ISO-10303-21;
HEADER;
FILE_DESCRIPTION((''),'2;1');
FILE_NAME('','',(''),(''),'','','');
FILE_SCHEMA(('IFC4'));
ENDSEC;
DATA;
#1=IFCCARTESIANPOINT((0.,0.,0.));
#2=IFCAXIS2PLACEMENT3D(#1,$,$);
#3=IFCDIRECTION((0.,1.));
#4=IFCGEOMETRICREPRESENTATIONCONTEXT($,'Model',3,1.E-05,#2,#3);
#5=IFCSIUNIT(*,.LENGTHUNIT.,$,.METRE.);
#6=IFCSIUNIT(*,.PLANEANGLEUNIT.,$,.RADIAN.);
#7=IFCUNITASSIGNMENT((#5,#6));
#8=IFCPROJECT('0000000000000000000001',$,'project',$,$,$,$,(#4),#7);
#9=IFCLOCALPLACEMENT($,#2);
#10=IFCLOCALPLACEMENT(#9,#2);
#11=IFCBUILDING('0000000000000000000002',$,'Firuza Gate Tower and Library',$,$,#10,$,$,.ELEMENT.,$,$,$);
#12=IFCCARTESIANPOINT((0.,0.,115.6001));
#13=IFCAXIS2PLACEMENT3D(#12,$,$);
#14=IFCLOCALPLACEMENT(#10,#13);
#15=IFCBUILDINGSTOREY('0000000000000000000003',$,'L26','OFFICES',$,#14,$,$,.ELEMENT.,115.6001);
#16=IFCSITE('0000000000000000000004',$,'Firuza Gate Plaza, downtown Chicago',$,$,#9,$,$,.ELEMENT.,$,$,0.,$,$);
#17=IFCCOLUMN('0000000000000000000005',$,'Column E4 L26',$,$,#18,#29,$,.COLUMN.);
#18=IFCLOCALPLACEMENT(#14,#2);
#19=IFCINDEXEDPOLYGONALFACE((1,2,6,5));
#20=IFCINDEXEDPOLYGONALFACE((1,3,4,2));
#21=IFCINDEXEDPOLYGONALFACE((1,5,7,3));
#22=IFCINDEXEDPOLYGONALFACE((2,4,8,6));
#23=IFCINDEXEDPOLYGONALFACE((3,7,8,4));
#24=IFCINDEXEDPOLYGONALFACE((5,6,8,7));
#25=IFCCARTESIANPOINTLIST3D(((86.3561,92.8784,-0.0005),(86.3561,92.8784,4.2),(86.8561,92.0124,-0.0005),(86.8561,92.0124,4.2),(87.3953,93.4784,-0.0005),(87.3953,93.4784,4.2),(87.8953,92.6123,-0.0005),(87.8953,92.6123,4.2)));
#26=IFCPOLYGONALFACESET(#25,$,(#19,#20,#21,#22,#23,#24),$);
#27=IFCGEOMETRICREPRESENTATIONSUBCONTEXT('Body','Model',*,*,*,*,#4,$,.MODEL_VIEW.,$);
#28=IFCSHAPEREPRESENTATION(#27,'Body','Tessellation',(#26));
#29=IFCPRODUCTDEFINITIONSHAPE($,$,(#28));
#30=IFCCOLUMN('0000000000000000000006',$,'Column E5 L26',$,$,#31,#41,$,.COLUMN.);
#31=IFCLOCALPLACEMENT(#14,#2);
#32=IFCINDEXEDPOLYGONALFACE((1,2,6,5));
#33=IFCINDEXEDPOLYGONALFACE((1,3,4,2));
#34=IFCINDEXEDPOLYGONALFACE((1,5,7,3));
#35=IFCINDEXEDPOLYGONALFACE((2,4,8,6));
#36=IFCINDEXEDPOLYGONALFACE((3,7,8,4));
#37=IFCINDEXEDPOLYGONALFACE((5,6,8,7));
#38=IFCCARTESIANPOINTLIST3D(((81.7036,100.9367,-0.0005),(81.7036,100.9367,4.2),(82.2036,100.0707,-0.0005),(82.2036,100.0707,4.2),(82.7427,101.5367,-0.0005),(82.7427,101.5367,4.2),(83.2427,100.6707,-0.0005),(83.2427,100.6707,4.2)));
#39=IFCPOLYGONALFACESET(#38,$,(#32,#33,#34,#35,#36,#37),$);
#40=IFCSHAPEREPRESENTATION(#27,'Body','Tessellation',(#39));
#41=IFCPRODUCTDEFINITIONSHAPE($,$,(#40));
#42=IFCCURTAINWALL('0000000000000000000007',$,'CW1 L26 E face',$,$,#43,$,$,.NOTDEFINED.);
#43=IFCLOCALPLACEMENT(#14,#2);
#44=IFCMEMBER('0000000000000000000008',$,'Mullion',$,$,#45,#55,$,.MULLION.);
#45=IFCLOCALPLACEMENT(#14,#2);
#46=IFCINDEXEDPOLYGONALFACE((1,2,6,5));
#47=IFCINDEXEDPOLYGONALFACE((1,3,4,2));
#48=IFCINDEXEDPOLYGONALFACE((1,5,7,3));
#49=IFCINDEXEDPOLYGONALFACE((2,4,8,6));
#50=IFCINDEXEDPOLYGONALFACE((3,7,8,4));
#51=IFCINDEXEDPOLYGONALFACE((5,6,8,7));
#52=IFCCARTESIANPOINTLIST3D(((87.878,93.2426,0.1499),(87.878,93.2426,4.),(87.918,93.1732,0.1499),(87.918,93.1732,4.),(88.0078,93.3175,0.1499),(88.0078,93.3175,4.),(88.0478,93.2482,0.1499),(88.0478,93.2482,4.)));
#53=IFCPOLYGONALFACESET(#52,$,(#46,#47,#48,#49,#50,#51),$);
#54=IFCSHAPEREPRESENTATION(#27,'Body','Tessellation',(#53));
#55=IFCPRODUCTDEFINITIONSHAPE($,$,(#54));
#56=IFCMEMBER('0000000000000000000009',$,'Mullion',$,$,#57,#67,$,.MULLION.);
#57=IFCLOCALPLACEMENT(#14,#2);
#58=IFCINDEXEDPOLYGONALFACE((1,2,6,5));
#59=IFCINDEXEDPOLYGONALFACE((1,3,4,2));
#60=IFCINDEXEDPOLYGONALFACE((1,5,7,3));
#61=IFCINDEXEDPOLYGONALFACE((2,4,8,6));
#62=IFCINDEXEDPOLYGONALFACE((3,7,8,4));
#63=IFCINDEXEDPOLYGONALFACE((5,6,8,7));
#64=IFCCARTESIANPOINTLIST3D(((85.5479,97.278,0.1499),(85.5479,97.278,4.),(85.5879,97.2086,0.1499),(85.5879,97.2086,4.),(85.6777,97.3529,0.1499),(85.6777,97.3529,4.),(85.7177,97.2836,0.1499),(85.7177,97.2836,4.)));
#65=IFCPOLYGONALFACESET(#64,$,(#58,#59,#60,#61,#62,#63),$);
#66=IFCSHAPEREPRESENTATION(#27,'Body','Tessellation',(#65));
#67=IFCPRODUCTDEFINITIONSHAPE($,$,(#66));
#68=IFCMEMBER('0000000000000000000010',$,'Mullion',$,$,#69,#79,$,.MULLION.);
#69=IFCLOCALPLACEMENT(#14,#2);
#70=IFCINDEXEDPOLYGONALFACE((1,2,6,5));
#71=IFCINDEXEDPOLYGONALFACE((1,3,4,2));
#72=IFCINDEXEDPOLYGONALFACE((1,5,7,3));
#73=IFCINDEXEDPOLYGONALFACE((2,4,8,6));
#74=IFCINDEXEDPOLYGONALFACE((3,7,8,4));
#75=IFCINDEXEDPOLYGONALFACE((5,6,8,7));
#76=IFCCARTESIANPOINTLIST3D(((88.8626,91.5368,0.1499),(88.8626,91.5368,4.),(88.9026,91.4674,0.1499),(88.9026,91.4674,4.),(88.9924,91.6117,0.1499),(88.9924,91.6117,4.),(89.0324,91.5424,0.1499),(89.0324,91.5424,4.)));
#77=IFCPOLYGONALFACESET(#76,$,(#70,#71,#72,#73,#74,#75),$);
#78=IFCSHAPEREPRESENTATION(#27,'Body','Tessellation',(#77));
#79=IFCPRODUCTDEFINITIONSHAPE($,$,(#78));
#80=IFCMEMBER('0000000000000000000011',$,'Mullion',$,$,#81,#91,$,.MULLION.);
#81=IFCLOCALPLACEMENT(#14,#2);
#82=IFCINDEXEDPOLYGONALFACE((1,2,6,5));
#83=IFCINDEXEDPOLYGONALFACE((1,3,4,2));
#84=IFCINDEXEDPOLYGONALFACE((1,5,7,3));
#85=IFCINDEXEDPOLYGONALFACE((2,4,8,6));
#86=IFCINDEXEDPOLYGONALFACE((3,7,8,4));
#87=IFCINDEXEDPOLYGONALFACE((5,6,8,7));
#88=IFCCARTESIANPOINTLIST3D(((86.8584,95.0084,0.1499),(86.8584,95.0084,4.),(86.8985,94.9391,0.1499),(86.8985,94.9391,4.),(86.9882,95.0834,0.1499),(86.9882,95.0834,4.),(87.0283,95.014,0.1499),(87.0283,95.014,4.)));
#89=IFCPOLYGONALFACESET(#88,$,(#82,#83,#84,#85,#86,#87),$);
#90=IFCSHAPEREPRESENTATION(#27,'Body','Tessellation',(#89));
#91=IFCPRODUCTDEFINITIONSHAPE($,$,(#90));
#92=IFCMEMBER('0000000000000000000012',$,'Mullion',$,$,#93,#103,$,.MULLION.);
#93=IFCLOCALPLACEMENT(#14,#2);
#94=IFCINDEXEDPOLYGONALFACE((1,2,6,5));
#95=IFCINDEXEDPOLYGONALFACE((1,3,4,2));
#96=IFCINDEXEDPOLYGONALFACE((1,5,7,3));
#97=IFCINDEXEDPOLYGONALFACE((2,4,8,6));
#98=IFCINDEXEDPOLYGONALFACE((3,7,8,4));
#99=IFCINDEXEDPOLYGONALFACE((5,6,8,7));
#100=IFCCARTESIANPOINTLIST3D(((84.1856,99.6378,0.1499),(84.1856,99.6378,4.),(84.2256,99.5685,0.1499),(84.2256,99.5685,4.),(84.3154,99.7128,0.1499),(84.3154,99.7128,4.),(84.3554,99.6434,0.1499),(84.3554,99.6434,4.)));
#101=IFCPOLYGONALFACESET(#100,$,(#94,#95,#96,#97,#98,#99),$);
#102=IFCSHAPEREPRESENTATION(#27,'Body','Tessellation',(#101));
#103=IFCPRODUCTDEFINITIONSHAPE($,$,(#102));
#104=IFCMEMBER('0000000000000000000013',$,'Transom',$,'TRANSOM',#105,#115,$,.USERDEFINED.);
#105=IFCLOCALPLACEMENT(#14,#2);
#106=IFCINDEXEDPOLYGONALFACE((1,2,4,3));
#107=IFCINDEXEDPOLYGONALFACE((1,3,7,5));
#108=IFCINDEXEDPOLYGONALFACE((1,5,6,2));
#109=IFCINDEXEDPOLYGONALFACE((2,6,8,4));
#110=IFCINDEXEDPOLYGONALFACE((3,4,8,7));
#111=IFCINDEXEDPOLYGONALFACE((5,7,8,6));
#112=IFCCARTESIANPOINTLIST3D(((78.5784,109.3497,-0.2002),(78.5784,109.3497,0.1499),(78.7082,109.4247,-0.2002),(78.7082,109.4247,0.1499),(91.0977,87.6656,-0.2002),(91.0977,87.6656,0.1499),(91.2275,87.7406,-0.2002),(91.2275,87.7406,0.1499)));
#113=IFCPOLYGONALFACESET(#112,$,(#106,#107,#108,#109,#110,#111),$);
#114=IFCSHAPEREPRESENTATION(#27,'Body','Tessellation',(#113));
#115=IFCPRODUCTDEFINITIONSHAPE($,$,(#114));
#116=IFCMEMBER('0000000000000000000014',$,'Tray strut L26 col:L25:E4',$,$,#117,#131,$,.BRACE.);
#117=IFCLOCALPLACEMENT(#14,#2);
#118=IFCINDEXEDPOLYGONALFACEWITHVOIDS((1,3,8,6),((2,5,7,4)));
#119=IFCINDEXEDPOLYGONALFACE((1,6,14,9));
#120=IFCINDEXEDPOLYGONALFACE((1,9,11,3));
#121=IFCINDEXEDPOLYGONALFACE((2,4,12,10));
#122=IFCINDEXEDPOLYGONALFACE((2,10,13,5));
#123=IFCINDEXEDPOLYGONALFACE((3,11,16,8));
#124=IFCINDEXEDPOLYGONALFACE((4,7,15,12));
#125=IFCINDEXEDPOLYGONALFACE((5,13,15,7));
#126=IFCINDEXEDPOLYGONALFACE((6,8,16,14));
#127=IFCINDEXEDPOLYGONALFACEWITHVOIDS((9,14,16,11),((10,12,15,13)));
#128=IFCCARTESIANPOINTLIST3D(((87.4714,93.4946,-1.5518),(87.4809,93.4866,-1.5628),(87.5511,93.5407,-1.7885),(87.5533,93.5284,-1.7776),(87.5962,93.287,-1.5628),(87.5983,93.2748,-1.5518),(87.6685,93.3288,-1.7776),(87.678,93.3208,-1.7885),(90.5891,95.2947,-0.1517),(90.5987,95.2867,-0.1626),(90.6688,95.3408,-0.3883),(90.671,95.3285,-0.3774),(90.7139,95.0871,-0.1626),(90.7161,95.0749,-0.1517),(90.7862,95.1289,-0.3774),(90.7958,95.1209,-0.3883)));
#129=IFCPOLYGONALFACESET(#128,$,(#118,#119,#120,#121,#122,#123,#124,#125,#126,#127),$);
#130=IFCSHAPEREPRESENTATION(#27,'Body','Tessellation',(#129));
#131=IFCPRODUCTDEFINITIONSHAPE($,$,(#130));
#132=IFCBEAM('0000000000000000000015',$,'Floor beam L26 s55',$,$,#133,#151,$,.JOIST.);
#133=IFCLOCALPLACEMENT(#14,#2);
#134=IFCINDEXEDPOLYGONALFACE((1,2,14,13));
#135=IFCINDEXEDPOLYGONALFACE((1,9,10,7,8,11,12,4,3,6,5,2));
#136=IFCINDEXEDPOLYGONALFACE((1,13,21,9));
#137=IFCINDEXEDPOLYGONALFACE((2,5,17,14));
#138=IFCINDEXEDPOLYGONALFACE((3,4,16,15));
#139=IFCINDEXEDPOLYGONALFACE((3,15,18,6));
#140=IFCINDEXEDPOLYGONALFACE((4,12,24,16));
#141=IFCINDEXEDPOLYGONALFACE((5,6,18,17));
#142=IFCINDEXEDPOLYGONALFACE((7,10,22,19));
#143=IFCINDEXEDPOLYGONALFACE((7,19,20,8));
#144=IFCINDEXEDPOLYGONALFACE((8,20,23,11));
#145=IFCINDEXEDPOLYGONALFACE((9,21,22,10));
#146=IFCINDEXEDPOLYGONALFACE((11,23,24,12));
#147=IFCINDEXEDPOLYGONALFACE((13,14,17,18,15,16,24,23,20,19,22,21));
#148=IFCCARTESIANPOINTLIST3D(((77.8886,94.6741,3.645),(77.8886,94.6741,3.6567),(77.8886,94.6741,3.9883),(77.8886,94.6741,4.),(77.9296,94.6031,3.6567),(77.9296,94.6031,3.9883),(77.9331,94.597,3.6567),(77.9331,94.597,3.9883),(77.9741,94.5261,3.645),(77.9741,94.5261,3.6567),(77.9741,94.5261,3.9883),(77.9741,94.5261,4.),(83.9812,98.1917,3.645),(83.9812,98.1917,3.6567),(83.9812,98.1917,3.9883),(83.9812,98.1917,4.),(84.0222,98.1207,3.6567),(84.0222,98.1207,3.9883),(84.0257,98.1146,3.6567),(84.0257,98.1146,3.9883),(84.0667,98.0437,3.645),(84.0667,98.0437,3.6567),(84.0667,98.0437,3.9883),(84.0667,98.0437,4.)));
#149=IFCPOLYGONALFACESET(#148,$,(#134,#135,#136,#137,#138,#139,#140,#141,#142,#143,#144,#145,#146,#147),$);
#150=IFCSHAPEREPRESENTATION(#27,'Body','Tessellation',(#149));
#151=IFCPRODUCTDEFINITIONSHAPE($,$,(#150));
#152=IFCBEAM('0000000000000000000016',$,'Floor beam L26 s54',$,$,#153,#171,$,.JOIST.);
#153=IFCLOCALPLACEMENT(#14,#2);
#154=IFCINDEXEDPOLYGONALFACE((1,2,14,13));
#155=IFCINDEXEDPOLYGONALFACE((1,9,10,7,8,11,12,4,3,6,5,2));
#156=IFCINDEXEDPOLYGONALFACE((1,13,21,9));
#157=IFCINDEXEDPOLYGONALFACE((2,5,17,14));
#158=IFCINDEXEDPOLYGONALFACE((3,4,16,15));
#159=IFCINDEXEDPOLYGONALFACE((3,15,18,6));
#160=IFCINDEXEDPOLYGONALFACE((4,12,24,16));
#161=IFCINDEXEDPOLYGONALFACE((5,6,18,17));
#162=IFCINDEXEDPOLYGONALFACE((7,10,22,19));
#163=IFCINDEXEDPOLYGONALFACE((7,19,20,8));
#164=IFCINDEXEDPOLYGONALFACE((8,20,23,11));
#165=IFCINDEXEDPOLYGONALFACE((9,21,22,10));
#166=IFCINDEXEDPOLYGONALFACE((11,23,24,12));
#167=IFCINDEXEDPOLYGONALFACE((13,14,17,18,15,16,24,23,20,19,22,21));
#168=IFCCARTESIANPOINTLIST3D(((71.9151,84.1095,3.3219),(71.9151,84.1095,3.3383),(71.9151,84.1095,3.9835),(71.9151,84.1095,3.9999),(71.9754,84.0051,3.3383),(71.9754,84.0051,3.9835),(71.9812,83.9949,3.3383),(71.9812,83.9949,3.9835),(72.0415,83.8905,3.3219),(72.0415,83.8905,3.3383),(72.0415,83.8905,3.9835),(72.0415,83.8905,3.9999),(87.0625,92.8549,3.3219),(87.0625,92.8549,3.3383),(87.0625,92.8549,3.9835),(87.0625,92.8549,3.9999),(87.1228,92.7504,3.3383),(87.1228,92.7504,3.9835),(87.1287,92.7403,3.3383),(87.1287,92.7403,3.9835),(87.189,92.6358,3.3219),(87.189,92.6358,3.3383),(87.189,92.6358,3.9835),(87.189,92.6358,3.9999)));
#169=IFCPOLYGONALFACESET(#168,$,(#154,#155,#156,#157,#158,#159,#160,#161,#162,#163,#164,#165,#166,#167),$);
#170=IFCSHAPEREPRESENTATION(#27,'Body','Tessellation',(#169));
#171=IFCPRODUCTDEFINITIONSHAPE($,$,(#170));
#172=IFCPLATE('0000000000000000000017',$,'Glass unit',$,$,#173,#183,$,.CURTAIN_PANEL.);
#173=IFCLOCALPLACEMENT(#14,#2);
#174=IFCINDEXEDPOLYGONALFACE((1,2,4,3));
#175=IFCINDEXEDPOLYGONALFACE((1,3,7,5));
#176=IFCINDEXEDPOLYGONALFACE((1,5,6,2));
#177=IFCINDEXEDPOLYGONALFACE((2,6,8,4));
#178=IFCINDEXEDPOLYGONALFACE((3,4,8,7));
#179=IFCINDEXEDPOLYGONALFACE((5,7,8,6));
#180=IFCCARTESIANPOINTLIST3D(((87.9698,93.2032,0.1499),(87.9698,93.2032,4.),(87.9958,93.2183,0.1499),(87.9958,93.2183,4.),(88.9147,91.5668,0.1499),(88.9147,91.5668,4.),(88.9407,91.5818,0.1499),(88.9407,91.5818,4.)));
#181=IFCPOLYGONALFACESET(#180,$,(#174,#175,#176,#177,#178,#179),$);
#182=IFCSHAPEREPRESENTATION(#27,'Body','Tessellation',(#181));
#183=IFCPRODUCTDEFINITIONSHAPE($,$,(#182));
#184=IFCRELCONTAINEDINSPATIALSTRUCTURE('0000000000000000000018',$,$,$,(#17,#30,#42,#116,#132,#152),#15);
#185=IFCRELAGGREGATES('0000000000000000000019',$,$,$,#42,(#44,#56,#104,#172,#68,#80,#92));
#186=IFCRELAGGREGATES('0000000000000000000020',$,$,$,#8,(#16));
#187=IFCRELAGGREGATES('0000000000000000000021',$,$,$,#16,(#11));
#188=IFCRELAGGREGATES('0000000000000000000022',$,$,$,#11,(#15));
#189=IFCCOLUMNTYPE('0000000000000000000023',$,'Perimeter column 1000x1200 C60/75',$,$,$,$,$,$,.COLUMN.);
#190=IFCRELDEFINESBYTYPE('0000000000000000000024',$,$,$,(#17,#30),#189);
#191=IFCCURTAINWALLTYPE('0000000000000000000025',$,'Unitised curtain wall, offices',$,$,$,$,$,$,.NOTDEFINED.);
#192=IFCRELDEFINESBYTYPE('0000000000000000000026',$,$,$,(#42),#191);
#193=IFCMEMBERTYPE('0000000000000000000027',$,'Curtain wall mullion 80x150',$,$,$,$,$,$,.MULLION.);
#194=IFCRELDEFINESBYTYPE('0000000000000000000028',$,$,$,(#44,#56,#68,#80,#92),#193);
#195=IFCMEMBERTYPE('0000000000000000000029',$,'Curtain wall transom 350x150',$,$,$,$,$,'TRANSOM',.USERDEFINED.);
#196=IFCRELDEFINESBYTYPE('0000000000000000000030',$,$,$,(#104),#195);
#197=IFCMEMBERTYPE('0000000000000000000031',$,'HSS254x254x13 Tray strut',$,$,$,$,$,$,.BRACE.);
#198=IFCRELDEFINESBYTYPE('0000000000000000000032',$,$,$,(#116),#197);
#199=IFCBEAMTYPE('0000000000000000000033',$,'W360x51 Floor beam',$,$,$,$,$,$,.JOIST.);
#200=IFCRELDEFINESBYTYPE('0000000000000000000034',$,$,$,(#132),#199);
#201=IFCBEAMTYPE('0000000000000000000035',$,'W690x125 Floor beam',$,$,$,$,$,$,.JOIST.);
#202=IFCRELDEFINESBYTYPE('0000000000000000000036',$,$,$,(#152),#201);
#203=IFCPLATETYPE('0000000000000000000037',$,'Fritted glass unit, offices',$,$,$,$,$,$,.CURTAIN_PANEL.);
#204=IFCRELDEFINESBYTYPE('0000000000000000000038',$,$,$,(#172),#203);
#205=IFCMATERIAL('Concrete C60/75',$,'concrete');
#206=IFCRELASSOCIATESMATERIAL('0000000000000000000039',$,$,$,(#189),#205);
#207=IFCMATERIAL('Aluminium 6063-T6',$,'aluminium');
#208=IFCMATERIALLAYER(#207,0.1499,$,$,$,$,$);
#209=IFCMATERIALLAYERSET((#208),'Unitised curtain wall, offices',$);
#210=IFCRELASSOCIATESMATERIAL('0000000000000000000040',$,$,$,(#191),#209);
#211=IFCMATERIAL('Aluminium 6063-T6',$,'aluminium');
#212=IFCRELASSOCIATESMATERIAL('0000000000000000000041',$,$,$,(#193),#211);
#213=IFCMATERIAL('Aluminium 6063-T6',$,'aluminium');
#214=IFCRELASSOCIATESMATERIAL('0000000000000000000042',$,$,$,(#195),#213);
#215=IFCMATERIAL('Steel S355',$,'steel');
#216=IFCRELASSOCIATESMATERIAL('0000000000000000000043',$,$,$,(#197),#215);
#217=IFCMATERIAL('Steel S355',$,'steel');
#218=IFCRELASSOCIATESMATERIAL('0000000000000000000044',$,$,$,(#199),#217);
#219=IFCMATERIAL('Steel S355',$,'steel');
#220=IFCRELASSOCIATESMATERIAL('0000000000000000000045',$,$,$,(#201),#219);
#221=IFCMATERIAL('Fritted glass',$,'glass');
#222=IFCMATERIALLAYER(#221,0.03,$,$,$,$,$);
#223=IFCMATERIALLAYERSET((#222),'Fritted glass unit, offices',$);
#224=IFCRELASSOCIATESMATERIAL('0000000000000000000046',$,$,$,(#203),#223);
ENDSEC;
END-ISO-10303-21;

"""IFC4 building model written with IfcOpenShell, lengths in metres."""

from ifc_helpers import new_model, si_unit, direction, frame, origin, origin_2d, place, context, subcontext, project, spatial, polyline, rectangle, hollow_rectangle, i_section, outline, extrude, material, layer, layer_set, material_profile, profile_set, type_object, element, aggregate, save


model = new_model("IFC4")

# Units and contexts
model_context = context("Model", 3, precision=1e-05, world=origin(), true_north=direction((0.0, 1.0)))
body_context = subcontext(model_context, "Body", "Model", "MODEL_VIEW")
ifc_project = project(units=[si_unit("LENGTHUNIT", "METRE"), si_unit("PLANEANGLEUNIT", "RADIAN")], contexts=[model_context])

# Site, building, storey
site_placement = place(None, origin())
site = spatial("IfcSite", under=ifc_project, at=site_placement, Name="Firuza Gate Plaza, downtown Chicago", CompositionType="ELEMENT", RefElevation=0.0)
building_placement = place(site_placement, origin())
building = spatial("IfcBuilding", under=site, at=building_placement, Name="Firuza Gate Tower and Library", CompositionType="ELEMENT")
storey_placement = place(building_placement, frame((0.0, 0.0, 115.6001)))
storey = spatial("IfcBuildingStorey", under=building, at=storey_placement, Name="L26", Description="OFFICES", CompositionType="ELEMENT", Elevation=115.6001)

# Columns
ifc_material_1 = material(Name="Concrete C60/75", Category="concrete")
ifc_material_profile_1 = material_profile(ifc_material_1, rectangle(XDim=1.0, YDim=1.2, at=origin_2d()))
ifc_profile_set_1 = profile_set([ifc_material_profile_1], Name="Concrete C60/75")
column_type = type_object("IfcColumnType", Name="Perimeter column 1000x1200 C60/75", PredefinedType="COLUMN", material=ifc_profile_set_1)
for number, where, z_axis, x_axis, name in (
    (1, (87.1257, 92.7454, -0.0005), (0.0, 0.0, 1.0), (-0.5, 0.866025, 0.0), "Column E4 L26"),
    (2, (82.4731, 100.8037, -0.0005), (0.0, 0.0, 1.0), (-0.5, 0.866025, 0.0), "Column E5 L26"),
):
    element("IfcColumn", number, at=place(storey_placement, frame(where, z_axis=z_axis, x_axis=x_axis)), inside=storey, type_object=column_type, Name=name, PredefinedType="COLUMN", context=body_context, shape_type="SweptSolid", body=[
        extrude(rectangle(XDim=1.0, YDim=1.2, at=origin_2d()), origin(), (0.0, 0.0, 1.0), 4.2004),
    ])

# Curtain wall, members
ifc_material_2 = material(Name="Aluminium 6063-T6", Category="aluminium")
ifc_layer_1 = layer(ifc_material_2, 0.1499)
ifc_layer_set_1 = layer_set([ifc_layer_1], Name="Unitised curtain wall, offices")
curtain_wall_type = type_object("IfcCurtainWallType", Name="Unitised curtain wall, offices", PredefinedType="NOTDEFINED", material=ifc_layer_set_1)
curtain_wall_placement = place(storey_placement, origin())
curtain_wall = element("IfcCurtainWall", 3, at=curtain_wall_placement, inside=storey, type_object=curtain_wall_type, Name="CW1 L26 E face", PredefinedType="NOTDEFINED")
ifc_material_3 = material(Name="Aluminium 6063-T6", Category="aluminium")
ifc_material_profile_2 = material_profile(ifc_material_3, rectangle(XDim=0.1499, YDim=0.0801, at=origin_2d()))
ifc_profile_set_2 = profile_set([ifc_material_profile_2], Name="Aluminium 6063-T6")
member_type_1 = type_object("IfcMemberType", Name="Curtain wall mullion 80x150", PredefinedType="MULLION", material=ifc_profile_set_2)
member_1_placement = place(storey_placement, frame((87.9629, 93.2454, 0.1499), z_axis=(0.0, 0.0, 1.0), x_axis=(-0.866025, -0.5, 0.0)))
member_1 = element("IfcMember", 4, at=member_1_placement, type_object=member_type_1, Name="Mullion", PredefinedType="MULLION", context=body_context, shape_type="SweptSolid", body=[
    extrude(rectangle(XDim=0.1499, YDim=0.0801, at=origin_2d()), origin(), (0.0, 0.0, 1.0), 3.8501),
])
member_2_placement = place(storey_placement, frame((85.6328, 97.2808, 0.1499), z_axis=(0.0, 0.0, 1.0), x_axis=(-0.866025, -0.5, 0.0)))
member_2 = element("IfcMember", 5, at=member_2_placement, type_object=member_type_1, Name="Mullion", PredefinedType="MULLION", context=body_context, shape_type="SweptSolid", body=[
    extrude(rectangle(XDim=0.1499, YDim=0.0801, at=origin_2d()), origin(), (0.0, 0.0, 1.0), 3.8501),
])
member_3_placement = place(storey_placement, frame((88.9475, 91.5396, 0.1499), z_axis=(0.0, 0.0, 1.0), x_axis=(-0.866025, -0.5, 0.0)))
member_3 = element("IfcMember", 6, at=member_3_placement, type_object=member_type_1, Name="Mullion", PredefinedType="MULLION", context=body_context, shape_type="SweptSolid", body=[
    extrude(rectangle(XDim=0.1499, YDim=0.0801, at=origin_2d()), origin(), (0.0, 0.0, 1.0), 3.8501),
])
member_4_placement = place(storey_placement, frame((86.9434, 95.0112, 0.1499), z_axis=(0.0, 0.0, 1.0), x_axis=(-0.866025, -0.5, 0.0)))
member_4 = element("IfcMember", 7, at=member_4_placement, type_object=member_type_1, Name="Mullion", PredefinedType="MULLION", context=body_context, shape_type="SweptSolid", body=[
    extrude(rectangle(XDim=0.1499, YDim=0.0801, at=origin_2d()), origin(), (0.0, 0.0, 1.0), 3.8501),
])
member_5_placement = place(storey_placement, frame((84.2705, 99.6406, 0.1499), z_axis=(0.0, 0.0, 1.0), x_axis=(-0.866025, -0.5, 0.0)))
member_5 = element("IfcMember", 8, at=member_5_placement, type_object=member_type_1, Name="Mullion", PredefinedType="MULLION", context=body_context, shape_type="SweptSolid", body=[
    extrude(rectangle(XDim=0.1499, YDim=0.0801, at=origin_2d()), origin(), (0.0, 0.0, 1.0), 3.8501),
])
ifc_material_4 = material(Name="Aluminium 6063-T6", Category="aluminium")
ifc_material_profile_3 = material_profile(ifc_material_4, rectangle(XDim=0.1499, YDim=0.3501, at=origin_2d()))
ifc_profile_set_3 = profile_set([ifc_material_profile_3], Name="Aluminium 6063-T6")
member_type_2 = type_object("IfcMemberType", Name="Curtain wall transom 350x150", ElementType="TRANSOM", PredefinedType="USERDEFINED", material=ifc_profile_set_3)
member_6_placement = place(storey_placement, frame((91.1626, 87.7031, -0.0251), z_axis=(-0.499999, 0.866026, 0.0), x_axis=(-0.866026, -0.499999, 0.0)))
member_6 = element("IfcMember", 9, at=member_6_placement, type_object=member_type_2, Name="Transom", ObjectType="TRANSOM", PredefinedType="USERDEFINED", context=body_context, shape_type="SweptSolid", body=[
    extrude(rectangle(XDim=0.1499, YDim=0.3501, at=origin_2d()), origin(), (0.0, 0.0, 1.0), 25.0386),
])

# Member
ifc_material_5 = material(Name="Steel S355", Category="steel")
ifc_material_profile_4 = material_profile(ifc_material_5, hollow_rectangle(XDim=0.2539, YDim=0.2539, WallThickness=0.0117, at=origin_2d()))
ifc_profile_set_4 = profile_set([ifc_material_profile_4], Name="Steel S355")
member_type_3 = type_object("IfcMemberType", Name="HSS254x254x13 Tray strut", PredefinedType="BRACE", material=ifc_profile_set_4)
member_7_placement = place(storey_placement, frame((87.5747, 93.4077, -1.6702), z_axis=(0.807122, 0.466007, 0.362478), x_axis=(-0.500012, 0.866018, 0.0)))
element("IfcMember", 10, at=member_7_placement, inside=storey, type_object=member_type_3, Name="Tray strut L26 col:L25:E4", PredefinedType="BRACE", context=body_context, shape_type="SweptSolid", body=[
    extrude(hollow_rectangle(XDim=0.2539, YDim=0.2539, WallThickness=0.0117, at=origin_2d()), origin(), (0.0, 0.0, 1.0), 3.8628),
])

# Beams
ifc_material_6 = material(Name="Steel S355", Category="steel")
ifc_material_profile_5 = material_profile(ifc_material_6, i_section(OverallWidth=0.1709, OverallDepth=0.355, WebThickness=0.0071, FlangeThickness=0.0117, at=origin_2d()))
ifc_profile_set_5 = profile_set([ifc_material_profile_5], Name="Steel S355")
beam_type_1 = type_object("IfcBeamType", Name="W360x51 Floor beam", PredefinedType="JOIST", material=ifc_profile_set_5)
beam_1_placement = place(storey_placement, frame((84.0239, 98.1177, 3.8225), z_axis=(-0.866022, -0.500006, 0.0), x_axis=(0.500006, -0.866022, 0.0)))
element("IfcBeam", 11, at=beam_1_placement, inside=storey, type_object=beam_type_1, Name="Floor beam L26 s55", PredefinedType="JOIST", context=body_context, shape_type="SweptSolid", body=[
    extrude(i_section(OverallWidth=0.1709, OverallDepth=0.355, WebThickness=0.0071, FlangeThickness=0.0117, at=origin_2d()), origin(), (0.0, 0.0, 1.0), 7.0352),
])
ifc_material_7 = material(Name="Steel S355", Category="steel")
ifc_material_profile_6 = material_profile(ifc_material_7, i_section(OverallWidth=0.2529, OverallDepth=0.678, WebThickness=0.0117, FlangeThickness=0.0164, at=origin_2d()))
ifc_profile_set_6 = profile_set([ifc_material_profile_6], Name="Steel S355")
beam_type_2 = type_object("IfcBeamType", Name="W690x125 Floor beam", PredefinedType="JOIST", material=ifc_profile_set_6)
beam_2_placement = place(storey_placement, frame((87.1257, 92.7454, 3.6609), z_axis=(-0.866026, -0.499999, 0.0), x_axis=(0.499999, -0.866026, 0.0)))
element("IfcBeam", 12, at=beam_2_placement, inside=storey, type_object=beam_type_2, Name="Floor beam L26 s54", PredefinedType="JOIST", context=body_context, shape_type="SweptSolid", body=[
    extrude(i_section(OverallWidth=0.2529, OverallDepth=0.678, WebThickness=0.0117, FlangeThickness=0.0164, at=origin_2d()), origin(), (0.0, 0.0, 1.0), 17.4907),
])

# Plate
ifc_material_8 = material(Name="Fritted glass", Category="glass")
ifc_layer_2 = layer(ifc_material_8, 0.03)
ifc_layer_set_2 = layer_set([ifc_layer_2], Name="Fritted glass unit, offices")
plate_type_1 = type_object("IfcPlateType", Name="Fritted glass unit, offices", PredefinedType="CURTAIN_PANEL", material=ifc_layer_set_2)
plate_1_placement = place(storey_placement, frame((88.9407, 91.5818, 0.1499), z_axis=(0.866024, 0.500002, 0.0), x_axis=(-0.500002, 0.866024, 0.0)))
plate_1 = element("IfcPlate", 13, at=plate_1_placement, type_object=plate_type_1, Name="Glass unit", PredefinedType="CURTAIN_PANEL", context=body_context, shape_type="SweptSolid", body=[
    extrude(outline(polyline([(0.0, 0.0), (1.8896, 0.0), (1.8896, 3.8501), (0.0, 3.8501), (0.0, 0.0)])), origin(), (0.0, 0.0, -1.0), 0.03),
])
aggregate(curtain_wall, [member_1, member_2, member_6, plate_1, member_3, member_4, member_5])

save(model, "model.ifc")
